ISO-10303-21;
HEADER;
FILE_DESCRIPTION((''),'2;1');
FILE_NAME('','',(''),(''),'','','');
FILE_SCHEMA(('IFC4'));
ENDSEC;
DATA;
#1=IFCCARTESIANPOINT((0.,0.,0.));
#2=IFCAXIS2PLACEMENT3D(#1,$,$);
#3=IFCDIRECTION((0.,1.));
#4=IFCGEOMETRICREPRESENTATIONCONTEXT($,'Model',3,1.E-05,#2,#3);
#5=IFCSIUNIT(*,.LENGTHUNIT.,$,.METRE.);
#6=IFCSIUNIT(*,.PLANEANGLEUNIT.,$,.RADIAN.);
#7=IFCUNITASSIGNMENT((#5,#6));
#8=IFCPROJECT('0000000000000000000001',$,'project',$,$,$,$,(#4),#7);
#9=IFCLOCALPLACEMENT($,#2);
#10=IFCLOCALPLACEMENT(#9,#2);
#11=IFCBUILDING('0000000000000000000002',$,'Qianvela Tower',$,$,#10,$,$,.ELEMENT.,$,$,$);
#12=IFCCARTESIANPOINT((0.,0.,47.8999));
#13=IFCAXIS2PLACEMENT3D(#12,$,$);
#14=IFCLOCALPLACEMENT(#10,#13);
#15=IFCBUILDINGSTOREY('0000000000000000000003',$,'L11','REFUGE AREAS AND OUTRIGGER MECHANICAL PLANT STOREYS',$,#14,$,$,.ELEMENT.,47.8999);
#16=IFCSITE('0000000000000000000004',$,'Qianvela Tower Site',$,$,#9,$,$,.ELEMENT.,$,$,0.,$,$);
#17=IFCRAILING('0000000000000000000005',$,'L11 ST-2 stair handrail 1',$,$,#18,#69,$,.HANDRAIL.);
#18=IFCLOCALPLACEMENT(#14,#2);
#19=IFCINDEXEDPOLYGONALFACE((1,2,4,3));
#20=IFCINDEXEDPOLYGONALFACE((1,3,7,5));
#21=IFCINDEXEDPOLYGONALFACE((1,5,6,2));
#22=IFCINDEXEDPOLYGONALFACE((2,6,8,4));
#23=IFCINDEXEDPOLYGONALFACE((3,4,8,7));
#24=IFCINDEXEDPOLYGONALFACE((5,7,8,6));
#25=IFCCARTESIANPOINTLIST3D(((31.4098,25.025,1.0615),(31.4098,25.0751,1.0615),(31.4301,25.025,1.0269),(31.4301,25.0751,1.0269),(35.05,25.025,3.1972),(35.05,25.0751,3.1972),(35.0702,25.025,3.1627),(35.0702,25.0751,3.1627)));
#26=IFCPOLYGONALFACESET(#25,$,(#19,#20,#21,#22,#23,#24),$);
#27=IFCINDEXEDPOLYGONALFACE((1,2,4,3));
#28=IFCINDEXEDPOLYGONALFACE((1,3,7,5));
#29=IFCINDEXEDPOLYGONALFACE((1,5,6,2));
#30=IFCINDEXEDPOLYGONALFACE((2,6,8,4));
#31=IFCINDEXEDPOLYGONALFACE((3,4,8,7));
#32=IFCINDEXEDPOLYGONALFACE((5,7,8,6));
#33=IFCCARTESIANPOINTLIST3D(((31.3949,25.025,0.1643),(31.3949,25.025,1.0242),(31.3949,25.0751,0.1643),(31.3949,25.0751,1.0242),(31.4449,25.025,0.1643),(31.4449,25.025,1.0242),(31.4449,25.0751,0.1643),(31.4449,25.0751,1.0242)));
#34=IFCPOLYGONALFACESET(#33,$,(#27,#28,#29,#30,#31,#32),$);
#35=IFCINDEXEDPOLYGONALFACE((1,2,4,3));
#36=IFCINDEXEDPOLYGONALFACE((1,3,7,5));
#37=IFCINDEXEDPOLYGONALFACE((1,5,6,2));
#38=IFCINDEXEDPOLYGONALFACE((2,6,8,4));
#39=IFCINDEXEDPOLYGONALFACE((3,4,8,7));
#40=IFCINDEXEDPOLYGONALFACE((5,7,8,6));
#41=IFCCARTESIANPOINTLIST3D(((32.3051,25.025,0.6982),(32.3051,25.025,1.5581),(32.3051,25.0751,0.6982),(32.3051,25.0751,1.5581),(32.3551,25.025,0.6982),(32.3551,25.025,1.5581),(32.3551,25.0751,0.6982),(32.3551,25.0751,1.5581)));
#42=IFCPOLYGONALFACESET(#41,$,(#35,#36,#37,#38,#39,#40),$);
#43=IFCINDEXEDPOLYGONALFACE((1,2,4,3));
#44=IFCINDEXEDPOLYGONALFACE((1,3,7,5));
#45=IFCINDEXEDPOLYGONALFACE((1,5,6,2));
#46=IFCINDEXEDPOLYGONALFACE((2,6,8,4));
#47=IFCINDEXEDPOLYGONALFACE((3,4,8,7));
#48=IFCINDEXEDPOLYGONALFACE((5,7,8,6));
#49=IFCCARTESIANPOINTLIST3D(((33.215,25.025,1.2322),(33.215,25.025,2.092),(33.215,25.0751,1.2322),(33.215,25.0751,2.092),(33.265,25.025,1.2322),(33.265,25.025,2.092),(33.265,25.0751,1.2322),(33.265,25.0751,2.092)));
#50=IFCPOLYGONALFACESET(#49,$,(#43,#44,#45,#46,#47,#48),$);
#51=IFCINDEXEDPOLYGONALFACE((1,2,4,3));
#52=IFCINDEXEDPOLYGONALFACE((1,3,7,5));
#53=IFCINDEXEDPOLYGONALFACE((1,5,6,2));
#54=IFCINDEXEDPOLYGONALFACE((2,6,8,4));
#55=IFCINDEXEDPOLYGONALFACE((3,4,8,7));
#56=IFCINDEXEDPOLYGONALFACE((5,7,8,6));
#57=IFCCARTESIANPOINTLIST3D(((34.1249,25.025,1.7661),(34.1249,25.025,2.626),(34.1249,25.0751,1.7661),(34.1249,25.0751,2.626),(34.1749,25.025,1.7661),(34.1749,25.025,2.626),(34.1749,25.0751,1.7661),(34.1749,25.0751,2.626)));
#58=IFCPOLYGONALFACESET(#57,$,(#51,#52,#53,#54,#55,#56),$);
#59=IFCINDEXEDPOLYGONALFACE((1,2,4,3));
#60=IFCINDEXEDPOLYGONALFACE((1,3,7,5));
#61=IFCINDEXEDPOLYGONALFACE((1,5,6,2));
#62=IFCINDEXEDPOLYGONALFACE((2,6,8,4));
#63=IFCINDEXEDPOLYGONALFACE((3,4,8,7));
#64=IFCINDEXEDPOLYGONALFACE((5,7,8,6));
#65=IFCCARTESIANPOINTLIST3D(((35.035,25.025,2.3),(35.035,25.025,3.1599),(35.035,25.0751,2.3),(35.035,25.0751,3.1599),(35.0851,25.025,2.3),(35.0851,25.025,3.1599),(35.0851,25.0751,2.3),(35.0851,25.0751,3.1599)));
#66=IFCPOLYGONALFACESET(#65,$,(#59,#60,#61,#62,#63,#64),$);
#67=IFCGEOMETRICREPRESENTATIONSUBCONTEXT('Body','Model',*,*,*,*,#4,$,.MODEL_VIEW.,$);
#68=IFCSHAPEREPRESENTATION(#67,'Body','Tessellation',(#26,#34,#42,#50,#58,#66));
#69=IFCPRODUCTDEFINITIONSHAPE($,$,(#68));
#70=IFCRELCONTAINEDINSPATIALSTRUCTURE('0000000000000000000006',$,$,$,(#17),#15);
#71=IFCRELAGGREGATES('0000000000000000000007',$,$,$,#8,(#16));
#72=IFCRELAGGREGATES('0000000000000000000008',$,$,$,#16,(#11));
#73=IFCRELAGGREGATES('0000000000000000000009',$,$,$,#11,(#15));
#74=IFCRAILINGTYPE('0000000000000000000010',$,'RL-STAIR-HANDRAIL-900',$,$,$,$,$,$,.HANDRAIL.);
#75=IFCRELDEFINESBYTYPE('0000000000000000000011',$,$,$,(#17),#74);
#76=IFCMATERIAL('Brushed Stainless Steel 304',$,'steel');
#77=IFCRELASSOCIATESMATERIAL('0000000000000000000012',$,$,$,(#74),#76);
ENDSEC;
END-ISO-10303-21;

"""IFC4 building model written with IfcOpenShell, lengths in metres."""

from ifc_helpers import new_model, si_unit, direction, frame, origin, origin_2d, place, context, subcontext, project, spatial, rectangle, extrude, material, type_object, element, save


model = new_model("IFC4")

# Units and contexts
model_context = context("Model", 3, precision=1e-05, world=origin(), true_north=direction((0.0, 1.0)))
body_context = subcontext(model_context, "Body", "Model", "MODEL_VIEW")
ifc_project = project(units=[si_unit("LENGTHUNIT", "METRE"), si_unit("PLANEANGLEUNIT", "RADIAN")], contexts=[model_context])

# Site, building, storey
site_placement = place(None, origin())
site = spatial("IfcSite", under=ifc_project, at=site_placement, Name="Qianvela Tower Site", CompositionType="ELEMENT", RefElevation=0.0)
building_placement = place(site_placement, origin())
building = spatial("IfcBuilding", under=site, at=building_placement, Name="Qianvela Tower", CompositionType="ELEMENT")
storey_placement = place(building_placement, frame((0.0, 0.0, 47.8999)))
storey = spatial("IfcBuildingStorey", under=building, at=storey_placement, Name="L11", Description="REFUGE AREAS AND OUTRIGGER MECHANICAL PLANT STOREYS", CompositionType="ELEMENT", Elevation=47.8999)

# Railing
ifc_material_1 = material(Name="Brushed Stainless Steel 304", Category="steel")
railing_type = type_object("IfcRailingType", Name="RL-STAIR-HANDRAIL-900", PredefinedType="HANDRAIL", material=ifc_material_1)
railing_placement = place(storey_placement, frame((31.4199, 25.05, 0.1643)))
element("IfcRailing", 1, at=railing_placement, inside=storey, type_object=railing_type, Name="L11 ST-2 stair handrail 1", PredefinedType="HANDRAIL", context=body_context, shape_type="SweptSolid", body=[
    extrude(rectangle(XDim=0.05, YDim=0.04, at=origin_2d()), frame((0.0, 0.0, 0.8799), z_axis=(0.862505, 0.0, 0.506049), x_axis=(0.0, 1.0, 0.0)), (0.0, 0.0, 1.0), 4.2205),
    extrude(rectangle(XDim=0.05, YDim=0.05, at=origin_2d()), origin(), (0.0, 0.0, 1.0), 0.8599),
    extrude(rectangle(XDim=0.05, YDim=0.05, at=origin_2d()), frame((0.9102, 0.0, 0.5339)), (0.0, 0.0, 1.0), 0.8599),
    extrude(rectangle(XDim=0.05, YDim=0.05, at=origin_2d()), frame((1.8201, 0.0, 1.0679)), (0.0, 0.0, 1.0), 0.8599),
    extrude(rectangle(XDim=0.05, YDim=0.05, at=origin_2d()), frame((2.73, 0.0, 1.6018)), (0.0, 0.0, 1.0), 0.8599),
    extrude(rectangle(XDim=0.05, YDim=0.05, at=origin_2d()), frame((3.6401, 0.0, 2.1357)), (0.0, 0.0, 1.0), 0.8599),
])

save(model, "model.ifc")
